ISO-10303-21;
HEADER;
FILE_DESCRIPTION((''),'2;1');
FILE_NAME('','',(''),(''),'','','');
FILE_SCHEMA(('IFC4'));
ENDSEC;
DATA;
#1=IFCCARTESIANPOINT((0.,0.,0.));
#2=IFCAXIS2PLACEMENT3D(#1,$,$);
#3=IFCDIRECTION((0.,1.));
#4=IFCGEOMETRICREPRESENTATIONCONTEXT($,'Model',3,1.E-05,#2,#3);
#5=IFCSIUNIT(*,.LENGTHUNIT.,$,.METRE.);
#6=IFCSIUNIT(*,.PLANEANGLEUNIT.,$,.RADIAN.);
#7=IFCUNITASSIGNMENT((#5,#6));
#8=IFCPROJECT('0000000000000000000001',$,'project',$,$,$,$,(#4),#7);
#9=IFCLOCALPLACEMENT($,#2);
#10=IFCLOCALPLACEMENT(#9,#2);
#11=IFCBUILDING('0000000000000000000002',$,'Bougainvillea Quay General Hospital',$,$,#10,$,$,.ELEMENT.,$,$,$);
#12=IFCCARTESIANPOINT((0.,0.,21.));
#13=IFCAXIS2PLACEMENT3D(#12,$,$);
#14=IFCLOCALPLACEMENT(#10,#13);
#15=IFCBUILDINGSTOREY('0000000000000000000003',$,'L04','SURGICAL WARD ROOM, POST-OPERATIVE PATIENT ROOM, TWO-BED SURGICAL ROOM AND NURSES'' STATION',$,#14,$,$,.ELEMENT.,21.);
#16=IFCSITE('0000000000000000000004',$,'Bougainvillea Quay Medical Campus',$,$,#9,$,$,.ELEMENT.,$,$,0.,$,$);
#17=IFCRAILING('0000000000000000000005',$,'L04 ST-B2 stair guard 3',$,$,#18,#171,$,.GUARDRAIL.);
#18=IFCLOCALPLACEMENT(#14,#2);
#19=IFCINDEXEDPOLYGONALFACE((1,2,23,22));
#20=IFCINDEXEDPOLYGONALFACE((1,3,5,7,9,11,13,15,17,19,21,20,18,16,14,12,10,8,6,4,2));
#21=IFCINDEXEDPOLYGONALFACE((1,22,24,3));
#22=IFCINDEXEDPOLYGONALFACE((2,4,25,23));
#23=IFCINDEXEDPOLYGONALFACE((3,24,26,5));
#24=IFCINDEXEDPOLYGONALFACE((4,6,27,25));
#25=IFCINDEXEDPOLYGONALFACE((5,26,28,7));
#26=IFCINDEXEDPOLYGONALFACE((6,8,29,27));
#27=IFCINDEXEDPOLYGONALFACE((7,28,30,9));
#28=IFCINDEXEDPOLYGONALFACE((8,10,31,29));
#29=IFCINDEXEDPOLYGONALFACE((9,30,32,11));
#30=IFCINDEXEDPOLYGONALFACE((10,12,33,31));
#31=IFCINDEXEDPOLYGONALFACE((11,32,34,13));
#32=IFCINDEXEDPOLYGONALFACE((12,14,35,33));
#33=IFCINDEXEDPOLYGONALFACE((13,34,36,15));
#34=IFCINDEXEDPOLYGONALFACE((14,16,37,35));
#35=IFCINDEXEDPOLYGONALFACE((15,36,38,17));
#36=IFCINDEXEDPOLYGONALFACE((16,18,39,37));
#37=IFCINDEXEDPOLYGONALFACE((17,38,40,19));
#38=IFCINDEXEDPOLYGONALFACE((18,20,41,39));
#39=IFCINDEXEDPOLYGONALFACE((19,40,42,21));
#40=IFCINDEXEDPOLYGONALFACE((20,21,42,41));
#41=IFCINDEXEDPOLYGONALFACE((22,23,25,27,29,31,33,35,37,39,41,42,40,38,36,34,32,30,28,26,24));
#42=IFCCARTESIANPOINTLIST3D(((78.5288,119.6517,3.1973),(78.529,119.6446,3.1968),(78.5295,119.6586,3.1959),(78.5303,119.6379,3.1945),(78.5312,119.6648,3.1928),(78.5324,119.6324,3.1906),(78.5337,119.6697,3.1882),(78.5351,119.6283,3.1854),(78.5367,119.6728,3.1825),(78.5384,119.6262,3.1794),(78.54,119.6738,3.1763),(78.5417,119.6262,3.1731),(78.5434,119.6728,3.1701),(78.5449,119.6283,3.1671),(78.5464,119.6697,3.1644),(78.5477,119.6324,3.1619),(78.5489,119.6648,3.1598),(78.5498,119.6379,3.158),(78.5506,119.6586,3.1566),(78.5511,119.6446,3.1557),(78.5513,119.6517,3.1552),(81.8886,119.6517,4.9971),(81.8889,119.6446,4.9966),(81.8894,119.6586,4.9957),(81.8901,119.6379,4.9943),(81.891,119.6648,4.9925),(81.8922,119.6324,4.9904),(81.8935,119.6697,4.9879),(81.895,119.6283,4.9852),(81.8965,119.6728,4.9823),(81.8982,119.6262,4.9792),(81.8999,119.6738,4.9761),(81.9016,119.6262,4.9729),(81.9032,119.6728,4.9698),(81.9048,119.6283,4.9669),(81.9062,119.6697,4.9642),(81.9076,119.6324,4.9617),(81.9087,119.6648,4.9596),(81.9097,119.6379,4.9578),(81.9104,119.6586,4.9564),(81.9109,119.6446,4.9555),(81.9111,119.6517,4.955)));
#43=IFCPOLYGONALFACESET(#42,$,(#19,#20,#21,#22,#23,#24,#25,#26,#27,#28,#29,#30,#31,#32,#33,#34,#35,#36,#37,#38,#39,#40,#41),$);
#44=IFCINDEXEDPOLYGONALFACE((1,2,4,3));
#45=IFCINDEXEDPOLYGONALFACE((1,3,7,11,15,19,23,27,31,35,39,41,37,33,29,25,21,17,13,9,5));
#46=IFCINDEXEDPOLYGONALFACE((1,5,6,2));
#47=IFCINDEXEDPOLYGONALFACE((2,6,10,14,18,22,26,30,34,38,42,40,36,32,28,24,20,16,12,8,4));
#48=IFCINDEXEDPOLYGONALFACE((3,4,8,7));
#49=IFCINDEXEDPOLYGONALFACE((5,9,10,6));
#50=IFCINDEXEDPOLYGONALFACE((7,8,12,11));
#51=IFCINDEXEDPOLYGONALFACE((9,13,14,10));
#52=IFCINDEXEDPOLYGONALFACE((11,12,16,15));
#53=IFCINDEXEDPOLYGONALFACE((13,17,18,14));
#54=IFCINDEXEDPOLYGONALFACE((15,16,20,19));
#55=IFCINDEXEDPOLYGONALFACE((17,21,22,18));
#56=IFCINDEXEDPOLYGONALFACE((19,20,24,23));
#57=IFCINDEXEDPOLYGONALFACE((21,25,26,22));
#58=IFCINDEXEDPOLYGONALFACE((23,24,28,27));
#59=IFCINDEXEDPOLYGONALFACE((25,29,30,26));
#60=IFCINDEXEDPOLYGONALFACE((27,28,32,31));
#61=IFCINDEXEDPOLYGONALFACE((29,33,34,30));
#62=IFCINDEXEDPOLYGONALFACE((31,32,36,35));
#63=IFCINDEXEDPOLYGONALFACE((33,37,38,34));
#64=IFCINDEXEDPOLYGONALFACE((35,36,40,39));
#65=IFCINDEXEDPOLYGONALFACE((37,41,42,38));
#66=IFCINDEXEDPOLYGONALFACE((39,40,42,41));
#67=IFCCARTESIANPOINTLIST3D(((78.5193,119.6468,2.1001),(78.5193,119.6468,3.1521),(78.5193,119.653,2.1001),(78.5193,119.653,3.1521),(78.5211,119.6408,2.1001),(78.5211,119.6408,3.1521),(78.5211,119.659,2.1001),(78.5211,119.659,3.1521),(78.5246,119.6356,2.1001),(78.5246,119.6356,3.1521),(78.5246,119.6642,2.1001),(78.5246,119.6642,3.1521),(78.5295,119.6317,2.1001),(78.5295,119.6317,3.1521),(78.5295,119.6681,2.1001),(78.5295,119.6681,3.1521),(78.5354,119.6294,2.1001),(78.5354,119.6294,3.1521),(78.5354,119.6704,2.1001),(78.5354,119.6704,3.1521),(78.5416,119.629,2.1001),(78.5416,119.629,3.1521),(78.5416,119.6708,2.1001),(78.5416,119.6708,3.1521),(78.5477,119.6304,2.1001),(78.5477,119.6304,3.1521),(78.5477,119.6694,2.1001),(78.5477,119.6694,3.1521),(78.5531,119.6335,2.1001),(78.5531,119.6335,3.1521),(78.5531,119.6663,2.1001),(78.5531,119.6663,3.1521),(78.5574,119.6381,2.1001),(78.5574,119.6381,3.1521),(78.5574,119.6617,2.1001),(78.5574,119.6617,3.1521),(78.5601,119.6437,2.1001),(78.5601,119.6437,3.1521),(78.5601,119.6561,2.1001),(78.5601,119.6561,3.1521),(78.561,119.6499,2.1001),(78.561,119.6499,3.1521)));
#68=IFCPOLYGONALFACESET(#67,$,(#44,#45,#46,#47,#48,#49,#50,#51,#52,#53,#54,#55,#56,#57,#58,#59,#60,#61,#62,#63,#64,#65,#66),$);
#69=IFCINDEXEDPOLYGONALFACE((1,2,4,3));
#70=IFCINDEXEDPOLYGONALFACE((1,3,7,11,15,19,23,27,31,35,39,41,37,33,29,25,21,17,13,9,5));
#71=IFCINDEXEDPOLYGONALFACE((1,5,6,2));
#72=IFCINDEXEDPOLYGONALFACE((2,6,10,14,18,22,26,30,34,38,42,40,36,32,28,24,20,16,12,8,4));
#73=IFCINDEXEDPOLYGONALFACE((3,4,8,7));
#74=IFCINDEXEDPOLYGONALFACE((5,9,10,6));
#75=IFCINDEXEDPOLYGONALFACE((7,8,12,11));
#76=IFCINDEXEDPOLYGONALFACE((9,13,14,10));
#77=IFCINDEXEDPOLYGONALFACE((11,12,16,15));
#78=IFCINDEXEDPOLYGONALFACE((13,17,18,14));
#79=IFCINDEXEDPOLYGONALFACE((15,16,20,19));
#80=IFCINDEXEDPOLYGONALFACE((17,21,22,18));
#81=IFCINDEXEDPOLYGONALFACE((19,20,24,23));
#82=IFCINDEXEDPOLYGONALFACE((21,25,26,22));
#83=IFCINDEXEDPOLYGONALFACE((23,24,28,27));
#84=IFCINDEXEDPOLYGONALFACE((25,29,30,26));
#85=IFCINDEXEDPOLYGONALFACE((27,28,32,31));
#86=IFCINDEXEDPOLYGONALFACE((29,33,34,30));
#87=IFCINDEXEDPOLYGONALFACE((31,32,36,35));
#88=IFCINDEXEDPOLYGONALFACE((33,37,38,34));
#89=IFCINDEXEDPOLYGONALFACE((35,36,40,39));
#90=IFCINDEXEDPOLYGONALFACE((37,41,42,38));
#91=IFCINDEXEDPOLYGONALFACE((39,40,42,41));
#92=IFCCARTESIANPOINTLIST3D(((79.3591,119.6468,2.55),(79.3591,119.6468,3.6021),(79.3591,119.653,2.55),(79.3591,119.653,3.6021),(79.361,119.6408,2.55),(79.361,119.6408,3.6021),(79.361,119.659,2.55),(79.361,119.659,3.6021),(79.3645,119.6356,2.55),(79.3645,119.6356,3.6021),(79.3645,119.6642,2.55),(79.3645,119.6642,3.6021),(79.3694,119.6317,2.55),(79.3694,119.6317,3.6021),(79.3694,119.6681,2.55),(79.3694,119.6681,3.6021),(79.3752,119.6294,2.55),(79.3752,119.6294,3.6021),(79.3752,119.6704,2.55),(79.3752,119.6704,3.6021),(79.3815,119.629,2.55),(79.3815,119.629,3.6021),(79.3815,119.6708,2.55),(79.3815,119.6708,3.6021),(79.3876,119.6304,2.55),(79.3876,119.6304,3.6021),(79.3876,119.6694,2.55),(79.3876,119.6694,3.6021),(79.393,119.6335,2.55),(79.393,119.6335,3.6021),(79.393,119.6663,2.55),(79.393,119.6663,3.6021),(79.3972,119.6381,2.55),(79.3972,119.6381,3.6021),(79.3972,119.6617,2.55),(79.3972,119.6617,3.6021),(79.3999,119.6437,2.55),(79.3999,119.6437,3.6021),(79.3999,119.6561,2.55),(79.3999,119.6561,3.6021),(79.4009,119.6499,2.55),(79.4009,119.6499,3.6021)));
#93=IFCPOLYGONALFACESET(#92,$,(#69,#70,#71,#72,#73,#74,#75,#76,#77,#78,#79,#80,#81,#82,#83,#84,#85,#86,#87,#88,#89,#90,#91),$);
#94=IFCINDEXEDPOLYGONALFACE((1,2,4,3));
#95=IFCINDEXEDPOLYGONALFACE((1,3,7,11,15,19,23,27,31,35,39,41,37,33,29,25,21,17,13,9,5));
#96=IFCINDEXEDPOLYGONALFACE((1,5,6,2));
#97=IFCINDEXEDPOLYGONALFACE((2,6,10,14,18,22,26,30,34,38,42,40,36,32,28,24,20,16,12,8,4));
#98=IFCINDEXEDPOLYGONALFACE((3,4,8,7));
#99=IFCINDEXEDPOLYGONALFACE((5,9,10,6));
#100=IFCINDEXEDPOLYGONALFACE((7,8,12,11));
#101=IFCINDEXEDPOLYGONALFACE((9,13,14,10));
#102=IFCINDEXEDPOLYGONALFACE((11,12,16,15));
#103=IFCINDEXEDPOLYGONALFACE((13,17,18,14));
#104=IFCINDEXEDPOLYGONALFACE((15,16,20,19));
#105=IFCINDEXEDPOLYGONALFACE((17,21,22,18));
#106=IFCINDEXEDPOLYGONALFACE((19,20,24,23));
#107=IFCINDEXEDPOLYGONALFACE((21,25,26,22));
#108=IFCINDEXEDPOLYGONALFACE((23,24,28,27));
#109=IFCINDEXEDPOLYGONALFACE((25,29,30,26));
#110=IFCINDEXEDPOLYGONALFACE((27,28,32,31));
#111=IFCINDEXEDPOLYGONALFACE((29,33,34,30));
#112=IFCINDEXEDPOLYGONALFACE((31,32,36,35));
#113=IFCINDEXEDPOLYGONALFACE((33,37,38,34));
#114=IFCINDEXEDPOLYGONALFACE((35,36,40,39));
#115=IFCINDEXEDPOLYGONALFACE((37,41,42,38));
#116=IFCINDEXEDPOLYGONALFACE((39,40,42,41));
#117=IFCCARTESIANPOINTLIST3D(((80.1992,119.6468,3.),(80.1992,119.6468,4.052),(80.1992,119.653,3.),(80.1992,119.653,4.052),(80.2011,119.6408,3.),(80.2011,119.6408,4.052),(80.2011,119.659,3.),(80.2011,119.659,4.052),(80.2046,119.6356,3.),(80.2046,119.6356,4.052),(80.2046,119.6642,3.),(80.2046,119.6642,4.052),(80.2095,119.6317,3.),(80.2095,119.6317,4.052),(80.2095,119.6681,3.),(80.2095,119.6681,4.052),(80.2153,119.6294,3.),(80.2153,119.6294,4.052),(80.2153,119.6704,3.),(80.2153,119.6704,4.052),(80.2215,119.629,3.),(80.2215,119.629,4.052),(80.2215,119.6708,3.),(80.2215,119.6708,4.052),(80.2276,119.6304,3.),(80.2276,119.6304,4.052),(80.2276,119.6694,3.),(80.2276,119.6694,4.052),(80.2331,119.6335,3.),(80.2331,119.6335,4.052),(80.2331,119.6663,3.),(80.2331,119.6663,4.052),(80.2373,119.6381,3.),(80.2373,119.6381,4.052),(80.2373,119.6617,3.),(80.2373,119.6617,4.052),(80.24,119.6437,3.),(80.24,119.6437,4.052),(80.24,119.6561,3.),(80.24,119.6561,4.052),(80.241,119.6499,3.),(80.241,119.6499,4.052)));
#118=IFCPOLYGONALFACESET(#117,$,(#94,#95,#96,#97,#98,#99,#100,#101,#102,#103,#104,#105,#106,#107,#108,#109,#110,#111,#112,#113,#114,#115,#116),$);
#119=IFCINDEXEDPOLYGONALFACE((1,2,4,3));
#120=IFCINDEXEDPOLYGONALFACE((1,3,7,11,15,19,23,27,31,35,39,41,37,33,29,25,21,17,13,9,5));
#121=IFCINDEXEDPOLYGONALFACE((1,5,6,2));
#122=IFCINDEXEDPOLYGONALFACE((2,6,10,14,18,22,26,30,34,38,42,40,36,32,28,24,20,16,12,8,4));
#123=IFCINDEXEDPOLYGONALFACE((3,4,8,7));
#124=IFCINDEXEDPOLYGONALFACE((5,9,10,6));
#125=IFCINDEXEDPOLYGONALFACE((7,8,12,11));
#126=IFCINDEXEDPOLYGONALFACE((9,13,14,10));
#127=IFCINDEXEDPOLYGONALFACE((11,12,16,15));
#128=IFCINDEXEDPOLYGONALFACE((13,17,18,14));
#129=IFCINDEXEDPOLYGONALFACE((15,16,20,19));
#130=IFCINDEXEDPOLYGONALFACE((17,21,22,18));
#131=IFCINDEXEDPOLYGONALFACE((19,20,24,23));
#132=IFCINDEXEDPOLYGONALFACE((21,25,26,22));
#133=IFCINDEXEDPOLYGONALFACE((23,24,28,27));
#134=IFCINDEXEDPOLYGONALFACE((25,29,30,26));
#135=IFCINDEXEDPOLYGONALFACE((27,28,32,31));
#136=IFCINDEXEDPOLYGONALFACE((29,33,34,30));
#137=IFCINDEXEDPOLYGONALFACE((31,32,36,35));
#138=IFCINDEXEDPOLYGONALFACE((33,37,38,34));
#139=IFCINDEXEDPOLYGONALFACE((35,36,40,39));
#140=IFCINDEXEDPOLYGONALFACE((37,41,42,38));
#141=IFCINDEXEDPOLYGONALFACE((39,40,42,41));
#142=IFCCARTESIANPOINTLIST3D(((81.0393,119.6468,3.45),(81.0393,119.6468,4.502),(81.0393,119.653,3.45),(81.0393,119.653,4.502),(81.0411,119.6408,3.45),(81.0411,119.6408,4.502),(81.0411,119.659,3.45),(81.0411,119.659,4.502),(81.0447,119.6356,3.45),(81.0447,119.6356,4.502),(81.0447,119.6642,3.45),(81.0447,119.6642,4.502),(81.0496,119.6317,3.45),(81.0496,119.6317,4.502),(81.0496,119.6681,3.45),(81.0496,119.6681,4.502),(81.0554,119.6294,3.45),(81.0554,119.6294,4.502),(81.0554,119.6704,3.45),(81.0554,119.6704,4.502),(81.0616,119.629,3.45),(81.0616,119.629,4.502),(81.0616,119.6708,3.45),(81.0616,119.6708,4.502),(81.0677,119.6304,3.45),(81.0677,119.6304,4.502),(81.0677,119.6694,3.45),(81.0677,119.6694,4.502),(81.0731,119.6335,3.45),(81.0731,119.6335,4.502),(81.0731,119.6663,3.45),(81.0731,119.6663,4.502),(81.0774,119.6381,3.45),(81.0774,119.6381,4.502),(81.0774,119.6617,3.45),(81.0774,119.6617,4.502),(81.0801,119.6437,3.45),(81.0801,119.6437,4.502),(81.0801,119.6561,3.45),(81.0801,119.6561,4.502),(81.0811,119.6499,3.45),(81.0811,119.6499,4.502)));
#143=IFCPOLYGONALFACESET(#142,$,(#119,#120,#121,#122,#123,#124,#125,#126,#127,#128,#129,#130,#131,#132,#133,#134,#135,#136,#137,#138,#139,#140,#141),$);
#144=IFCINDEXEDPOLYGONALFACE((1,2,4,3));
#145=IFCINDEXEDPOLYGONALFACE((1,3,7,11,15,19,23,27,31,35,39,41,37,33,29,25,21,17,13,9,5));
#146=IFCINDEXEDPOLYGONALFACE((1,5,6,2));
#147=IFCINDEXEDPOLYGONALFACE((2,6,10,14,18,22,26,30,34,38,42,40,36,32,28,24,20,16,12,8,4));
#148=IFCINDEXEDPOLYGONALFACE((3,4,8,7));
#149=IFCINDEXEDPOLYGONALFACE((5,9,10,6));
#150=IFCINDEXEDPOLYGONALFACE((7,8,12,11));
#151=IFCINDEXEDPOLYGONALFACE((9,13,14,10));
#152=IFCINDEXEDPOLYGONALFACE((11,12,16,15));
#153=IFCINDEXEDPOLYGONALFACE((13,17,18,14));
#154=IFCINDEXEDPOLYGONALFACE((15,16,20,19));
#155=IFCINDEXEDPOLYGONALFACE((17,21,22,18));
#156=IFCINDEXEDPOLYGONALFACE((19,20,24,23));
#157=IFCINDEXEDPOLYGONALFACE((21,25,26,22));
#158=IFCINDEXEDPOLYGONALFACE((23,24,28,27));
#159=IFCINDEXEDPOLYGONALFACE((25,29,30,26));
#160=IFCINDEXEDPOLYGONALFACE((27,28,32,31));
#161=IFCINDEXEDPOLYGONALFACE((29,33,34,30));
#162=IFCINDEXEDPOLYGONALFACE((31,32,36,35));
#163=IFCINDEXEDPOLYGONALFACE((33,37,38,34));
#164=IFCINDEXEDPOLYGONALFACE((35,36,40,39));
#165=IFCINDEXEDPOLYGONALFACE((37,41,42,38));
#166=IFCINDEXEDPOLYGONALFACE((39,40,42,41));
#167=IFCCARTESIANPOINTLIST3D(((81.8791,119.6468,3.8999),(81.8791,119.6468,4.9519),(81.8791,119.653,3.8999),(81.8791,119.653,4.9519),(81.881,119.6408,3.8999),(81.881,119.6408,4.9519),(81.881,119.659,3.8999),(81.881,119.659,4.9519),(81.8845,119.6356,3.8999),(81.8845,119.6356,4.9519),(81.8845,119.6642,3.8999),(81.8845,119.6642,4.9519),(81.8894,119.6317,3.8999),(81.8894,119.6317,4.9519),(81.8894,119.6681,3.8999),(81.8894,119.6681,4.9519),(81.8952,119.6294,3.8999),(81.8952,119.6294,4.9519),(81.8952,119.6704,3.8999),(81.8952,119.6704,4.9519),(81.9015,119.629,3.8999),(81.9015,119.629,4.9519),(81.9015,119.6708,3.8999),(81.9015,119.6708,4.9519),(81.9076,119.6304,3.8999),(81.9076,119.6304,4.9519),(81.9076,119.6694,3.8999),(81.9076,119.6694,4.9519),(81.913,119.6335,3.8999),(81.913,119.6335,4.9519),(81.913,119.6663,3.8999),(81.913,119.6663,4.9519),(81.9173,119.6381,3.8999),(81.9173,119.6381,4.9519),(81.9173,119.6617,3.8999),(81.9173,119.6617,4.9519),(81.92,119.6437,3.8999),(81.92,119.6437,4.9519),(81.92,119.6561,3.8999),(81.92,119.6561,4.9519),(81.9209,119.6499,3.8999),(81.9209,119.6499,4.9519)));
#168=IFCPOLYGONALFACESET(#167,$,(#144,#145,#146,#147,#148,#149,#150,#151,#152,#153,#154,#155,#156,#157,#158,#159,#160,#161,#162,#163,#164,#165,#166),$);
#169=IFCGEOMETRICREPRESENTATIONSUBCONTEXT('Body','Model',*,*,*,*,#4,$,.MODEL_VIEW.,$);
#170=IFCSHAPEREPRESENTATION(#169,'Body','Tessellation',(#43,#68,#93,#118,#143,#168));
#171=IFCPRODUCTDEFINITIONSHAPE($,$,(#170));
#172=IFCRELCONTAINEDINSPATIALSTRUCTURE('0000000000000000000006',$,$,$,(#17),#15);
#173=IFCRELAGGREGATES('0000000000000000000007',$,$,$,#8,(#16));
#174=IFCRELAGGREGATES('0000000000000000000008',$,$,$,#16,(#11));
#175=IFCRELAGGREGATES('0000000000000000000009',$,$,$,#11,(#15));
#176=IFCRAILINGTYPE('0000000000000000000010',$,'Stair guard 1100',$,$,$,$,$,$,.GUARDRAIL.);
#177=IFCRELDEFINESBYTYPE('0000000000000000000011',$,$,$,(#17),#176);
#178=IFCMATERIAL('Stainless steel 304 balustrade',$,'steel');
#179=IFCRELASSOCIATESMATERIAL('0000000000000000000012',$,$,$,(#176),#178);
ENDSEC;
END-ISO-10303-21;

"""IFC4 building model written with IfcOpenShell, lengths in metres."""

from ifc_helpers import new_model, si_unit, direction, frame, origin, origin_2d, place, context, subcontext, project, spatial, circle, extrude, material, type_object, element, save


model = new_model("IFC4")

# Units and contexts
model_context = context("Model", 3, precision=1e-05, world=origin(), true_north=direction((0.0, 1.0)))
body_context = subcontext(model_context, "Body", "Model", "MODEL_VIEW")
ifc_project = project(units=[si_unit("LENGTHUNIT", "METRE"), si_unit("PLANEANGLEUNIT", "RADIAN")], contexts=[model_context])

# Site, building, storey
site_placement = place(None, origin())
site = spatial("IfcSite", under=ifc_project, at=site_placement, Name="Bougainvillea Quay Medical Campus", CompositionType="ELEMENT", RefElevation=0.0)
building_placement = place(site_placement, origin())
building = spatial("IfcBuilding", under=site, at=building_placement, Name="Bougainvillea Quay General Hospital", CompositionType="ELEMENT")
storey_placement = place(building_placement, frame((0.0, 0.0, 21.0)))
storey = spatial("IfcBuildingStorey", under=building, at=storey_placement, Name="L04", Description="SURGICAL WARD ROOM, POST-OPERATIVE PATIENT ROOM, TWO-BED SURGICAL ROOM AND NURSES' STATION", CompositionType="ELEMENT", Elevation=21.0)

# Railing
ifc_material_1 = material(Name="Stainless steel 304 balustrade", Category="steel")
railing_type_1 = type_object("IfcRailingType", Name="Stair guard 1100", PredefinedType="GUARDRAIL", material=ifc_material_1)
railing_1_placement = place(storey_placement, frame((78.54, 119.6499, 2.1001)))
element("IfcRailing", 1, at=railing_1_placement, inside=storey, type_object=railing_type_1, Name="L04 ST-B2 stair guard 3", PredefinedType="GUARDRAIL", context=body_context, shape_type="SweptSolid", body=[
    extrude(circle(Radius=0.0239, at=origin_2d()), frame((0.0, 0.0, 1.0762), z_axis=(0.881493, 0.0, 0.472197), x_axis=(0.0, 1.0, 0.0)), (0.0, 0.0, 1.0), 3.8115),
    extrude(circle(Radius=0.021, at=origin_2d()), origin(), (0.0, 0.0, 1.0), 1.052),
    extrude(circle(Radius=0.021, at=origin_2d()), frame((0.8398, 0.0, 0.45)), (0.0, 0.0, 1.0), 1.052),
    extrude(circle(Radius=0.021, at=origin_2d()), frame((1.6799, 0.0, 0.8999)), (0.0, 0.0, 1.0), 1.052),
    extrude(circle(Radius=0.021, at=origin_2d()), frame((2.52, 0.0, 1.3499)), (0.0, 0.0, 1.0), 1.052),
    extrude(circle(Radius=0.021, at=origin_2d()), frame((3.3599, 0.0, 1.7998)), (0.0, 0.0, 1.0), 1.052),
])

save(model, "model.ifc")
